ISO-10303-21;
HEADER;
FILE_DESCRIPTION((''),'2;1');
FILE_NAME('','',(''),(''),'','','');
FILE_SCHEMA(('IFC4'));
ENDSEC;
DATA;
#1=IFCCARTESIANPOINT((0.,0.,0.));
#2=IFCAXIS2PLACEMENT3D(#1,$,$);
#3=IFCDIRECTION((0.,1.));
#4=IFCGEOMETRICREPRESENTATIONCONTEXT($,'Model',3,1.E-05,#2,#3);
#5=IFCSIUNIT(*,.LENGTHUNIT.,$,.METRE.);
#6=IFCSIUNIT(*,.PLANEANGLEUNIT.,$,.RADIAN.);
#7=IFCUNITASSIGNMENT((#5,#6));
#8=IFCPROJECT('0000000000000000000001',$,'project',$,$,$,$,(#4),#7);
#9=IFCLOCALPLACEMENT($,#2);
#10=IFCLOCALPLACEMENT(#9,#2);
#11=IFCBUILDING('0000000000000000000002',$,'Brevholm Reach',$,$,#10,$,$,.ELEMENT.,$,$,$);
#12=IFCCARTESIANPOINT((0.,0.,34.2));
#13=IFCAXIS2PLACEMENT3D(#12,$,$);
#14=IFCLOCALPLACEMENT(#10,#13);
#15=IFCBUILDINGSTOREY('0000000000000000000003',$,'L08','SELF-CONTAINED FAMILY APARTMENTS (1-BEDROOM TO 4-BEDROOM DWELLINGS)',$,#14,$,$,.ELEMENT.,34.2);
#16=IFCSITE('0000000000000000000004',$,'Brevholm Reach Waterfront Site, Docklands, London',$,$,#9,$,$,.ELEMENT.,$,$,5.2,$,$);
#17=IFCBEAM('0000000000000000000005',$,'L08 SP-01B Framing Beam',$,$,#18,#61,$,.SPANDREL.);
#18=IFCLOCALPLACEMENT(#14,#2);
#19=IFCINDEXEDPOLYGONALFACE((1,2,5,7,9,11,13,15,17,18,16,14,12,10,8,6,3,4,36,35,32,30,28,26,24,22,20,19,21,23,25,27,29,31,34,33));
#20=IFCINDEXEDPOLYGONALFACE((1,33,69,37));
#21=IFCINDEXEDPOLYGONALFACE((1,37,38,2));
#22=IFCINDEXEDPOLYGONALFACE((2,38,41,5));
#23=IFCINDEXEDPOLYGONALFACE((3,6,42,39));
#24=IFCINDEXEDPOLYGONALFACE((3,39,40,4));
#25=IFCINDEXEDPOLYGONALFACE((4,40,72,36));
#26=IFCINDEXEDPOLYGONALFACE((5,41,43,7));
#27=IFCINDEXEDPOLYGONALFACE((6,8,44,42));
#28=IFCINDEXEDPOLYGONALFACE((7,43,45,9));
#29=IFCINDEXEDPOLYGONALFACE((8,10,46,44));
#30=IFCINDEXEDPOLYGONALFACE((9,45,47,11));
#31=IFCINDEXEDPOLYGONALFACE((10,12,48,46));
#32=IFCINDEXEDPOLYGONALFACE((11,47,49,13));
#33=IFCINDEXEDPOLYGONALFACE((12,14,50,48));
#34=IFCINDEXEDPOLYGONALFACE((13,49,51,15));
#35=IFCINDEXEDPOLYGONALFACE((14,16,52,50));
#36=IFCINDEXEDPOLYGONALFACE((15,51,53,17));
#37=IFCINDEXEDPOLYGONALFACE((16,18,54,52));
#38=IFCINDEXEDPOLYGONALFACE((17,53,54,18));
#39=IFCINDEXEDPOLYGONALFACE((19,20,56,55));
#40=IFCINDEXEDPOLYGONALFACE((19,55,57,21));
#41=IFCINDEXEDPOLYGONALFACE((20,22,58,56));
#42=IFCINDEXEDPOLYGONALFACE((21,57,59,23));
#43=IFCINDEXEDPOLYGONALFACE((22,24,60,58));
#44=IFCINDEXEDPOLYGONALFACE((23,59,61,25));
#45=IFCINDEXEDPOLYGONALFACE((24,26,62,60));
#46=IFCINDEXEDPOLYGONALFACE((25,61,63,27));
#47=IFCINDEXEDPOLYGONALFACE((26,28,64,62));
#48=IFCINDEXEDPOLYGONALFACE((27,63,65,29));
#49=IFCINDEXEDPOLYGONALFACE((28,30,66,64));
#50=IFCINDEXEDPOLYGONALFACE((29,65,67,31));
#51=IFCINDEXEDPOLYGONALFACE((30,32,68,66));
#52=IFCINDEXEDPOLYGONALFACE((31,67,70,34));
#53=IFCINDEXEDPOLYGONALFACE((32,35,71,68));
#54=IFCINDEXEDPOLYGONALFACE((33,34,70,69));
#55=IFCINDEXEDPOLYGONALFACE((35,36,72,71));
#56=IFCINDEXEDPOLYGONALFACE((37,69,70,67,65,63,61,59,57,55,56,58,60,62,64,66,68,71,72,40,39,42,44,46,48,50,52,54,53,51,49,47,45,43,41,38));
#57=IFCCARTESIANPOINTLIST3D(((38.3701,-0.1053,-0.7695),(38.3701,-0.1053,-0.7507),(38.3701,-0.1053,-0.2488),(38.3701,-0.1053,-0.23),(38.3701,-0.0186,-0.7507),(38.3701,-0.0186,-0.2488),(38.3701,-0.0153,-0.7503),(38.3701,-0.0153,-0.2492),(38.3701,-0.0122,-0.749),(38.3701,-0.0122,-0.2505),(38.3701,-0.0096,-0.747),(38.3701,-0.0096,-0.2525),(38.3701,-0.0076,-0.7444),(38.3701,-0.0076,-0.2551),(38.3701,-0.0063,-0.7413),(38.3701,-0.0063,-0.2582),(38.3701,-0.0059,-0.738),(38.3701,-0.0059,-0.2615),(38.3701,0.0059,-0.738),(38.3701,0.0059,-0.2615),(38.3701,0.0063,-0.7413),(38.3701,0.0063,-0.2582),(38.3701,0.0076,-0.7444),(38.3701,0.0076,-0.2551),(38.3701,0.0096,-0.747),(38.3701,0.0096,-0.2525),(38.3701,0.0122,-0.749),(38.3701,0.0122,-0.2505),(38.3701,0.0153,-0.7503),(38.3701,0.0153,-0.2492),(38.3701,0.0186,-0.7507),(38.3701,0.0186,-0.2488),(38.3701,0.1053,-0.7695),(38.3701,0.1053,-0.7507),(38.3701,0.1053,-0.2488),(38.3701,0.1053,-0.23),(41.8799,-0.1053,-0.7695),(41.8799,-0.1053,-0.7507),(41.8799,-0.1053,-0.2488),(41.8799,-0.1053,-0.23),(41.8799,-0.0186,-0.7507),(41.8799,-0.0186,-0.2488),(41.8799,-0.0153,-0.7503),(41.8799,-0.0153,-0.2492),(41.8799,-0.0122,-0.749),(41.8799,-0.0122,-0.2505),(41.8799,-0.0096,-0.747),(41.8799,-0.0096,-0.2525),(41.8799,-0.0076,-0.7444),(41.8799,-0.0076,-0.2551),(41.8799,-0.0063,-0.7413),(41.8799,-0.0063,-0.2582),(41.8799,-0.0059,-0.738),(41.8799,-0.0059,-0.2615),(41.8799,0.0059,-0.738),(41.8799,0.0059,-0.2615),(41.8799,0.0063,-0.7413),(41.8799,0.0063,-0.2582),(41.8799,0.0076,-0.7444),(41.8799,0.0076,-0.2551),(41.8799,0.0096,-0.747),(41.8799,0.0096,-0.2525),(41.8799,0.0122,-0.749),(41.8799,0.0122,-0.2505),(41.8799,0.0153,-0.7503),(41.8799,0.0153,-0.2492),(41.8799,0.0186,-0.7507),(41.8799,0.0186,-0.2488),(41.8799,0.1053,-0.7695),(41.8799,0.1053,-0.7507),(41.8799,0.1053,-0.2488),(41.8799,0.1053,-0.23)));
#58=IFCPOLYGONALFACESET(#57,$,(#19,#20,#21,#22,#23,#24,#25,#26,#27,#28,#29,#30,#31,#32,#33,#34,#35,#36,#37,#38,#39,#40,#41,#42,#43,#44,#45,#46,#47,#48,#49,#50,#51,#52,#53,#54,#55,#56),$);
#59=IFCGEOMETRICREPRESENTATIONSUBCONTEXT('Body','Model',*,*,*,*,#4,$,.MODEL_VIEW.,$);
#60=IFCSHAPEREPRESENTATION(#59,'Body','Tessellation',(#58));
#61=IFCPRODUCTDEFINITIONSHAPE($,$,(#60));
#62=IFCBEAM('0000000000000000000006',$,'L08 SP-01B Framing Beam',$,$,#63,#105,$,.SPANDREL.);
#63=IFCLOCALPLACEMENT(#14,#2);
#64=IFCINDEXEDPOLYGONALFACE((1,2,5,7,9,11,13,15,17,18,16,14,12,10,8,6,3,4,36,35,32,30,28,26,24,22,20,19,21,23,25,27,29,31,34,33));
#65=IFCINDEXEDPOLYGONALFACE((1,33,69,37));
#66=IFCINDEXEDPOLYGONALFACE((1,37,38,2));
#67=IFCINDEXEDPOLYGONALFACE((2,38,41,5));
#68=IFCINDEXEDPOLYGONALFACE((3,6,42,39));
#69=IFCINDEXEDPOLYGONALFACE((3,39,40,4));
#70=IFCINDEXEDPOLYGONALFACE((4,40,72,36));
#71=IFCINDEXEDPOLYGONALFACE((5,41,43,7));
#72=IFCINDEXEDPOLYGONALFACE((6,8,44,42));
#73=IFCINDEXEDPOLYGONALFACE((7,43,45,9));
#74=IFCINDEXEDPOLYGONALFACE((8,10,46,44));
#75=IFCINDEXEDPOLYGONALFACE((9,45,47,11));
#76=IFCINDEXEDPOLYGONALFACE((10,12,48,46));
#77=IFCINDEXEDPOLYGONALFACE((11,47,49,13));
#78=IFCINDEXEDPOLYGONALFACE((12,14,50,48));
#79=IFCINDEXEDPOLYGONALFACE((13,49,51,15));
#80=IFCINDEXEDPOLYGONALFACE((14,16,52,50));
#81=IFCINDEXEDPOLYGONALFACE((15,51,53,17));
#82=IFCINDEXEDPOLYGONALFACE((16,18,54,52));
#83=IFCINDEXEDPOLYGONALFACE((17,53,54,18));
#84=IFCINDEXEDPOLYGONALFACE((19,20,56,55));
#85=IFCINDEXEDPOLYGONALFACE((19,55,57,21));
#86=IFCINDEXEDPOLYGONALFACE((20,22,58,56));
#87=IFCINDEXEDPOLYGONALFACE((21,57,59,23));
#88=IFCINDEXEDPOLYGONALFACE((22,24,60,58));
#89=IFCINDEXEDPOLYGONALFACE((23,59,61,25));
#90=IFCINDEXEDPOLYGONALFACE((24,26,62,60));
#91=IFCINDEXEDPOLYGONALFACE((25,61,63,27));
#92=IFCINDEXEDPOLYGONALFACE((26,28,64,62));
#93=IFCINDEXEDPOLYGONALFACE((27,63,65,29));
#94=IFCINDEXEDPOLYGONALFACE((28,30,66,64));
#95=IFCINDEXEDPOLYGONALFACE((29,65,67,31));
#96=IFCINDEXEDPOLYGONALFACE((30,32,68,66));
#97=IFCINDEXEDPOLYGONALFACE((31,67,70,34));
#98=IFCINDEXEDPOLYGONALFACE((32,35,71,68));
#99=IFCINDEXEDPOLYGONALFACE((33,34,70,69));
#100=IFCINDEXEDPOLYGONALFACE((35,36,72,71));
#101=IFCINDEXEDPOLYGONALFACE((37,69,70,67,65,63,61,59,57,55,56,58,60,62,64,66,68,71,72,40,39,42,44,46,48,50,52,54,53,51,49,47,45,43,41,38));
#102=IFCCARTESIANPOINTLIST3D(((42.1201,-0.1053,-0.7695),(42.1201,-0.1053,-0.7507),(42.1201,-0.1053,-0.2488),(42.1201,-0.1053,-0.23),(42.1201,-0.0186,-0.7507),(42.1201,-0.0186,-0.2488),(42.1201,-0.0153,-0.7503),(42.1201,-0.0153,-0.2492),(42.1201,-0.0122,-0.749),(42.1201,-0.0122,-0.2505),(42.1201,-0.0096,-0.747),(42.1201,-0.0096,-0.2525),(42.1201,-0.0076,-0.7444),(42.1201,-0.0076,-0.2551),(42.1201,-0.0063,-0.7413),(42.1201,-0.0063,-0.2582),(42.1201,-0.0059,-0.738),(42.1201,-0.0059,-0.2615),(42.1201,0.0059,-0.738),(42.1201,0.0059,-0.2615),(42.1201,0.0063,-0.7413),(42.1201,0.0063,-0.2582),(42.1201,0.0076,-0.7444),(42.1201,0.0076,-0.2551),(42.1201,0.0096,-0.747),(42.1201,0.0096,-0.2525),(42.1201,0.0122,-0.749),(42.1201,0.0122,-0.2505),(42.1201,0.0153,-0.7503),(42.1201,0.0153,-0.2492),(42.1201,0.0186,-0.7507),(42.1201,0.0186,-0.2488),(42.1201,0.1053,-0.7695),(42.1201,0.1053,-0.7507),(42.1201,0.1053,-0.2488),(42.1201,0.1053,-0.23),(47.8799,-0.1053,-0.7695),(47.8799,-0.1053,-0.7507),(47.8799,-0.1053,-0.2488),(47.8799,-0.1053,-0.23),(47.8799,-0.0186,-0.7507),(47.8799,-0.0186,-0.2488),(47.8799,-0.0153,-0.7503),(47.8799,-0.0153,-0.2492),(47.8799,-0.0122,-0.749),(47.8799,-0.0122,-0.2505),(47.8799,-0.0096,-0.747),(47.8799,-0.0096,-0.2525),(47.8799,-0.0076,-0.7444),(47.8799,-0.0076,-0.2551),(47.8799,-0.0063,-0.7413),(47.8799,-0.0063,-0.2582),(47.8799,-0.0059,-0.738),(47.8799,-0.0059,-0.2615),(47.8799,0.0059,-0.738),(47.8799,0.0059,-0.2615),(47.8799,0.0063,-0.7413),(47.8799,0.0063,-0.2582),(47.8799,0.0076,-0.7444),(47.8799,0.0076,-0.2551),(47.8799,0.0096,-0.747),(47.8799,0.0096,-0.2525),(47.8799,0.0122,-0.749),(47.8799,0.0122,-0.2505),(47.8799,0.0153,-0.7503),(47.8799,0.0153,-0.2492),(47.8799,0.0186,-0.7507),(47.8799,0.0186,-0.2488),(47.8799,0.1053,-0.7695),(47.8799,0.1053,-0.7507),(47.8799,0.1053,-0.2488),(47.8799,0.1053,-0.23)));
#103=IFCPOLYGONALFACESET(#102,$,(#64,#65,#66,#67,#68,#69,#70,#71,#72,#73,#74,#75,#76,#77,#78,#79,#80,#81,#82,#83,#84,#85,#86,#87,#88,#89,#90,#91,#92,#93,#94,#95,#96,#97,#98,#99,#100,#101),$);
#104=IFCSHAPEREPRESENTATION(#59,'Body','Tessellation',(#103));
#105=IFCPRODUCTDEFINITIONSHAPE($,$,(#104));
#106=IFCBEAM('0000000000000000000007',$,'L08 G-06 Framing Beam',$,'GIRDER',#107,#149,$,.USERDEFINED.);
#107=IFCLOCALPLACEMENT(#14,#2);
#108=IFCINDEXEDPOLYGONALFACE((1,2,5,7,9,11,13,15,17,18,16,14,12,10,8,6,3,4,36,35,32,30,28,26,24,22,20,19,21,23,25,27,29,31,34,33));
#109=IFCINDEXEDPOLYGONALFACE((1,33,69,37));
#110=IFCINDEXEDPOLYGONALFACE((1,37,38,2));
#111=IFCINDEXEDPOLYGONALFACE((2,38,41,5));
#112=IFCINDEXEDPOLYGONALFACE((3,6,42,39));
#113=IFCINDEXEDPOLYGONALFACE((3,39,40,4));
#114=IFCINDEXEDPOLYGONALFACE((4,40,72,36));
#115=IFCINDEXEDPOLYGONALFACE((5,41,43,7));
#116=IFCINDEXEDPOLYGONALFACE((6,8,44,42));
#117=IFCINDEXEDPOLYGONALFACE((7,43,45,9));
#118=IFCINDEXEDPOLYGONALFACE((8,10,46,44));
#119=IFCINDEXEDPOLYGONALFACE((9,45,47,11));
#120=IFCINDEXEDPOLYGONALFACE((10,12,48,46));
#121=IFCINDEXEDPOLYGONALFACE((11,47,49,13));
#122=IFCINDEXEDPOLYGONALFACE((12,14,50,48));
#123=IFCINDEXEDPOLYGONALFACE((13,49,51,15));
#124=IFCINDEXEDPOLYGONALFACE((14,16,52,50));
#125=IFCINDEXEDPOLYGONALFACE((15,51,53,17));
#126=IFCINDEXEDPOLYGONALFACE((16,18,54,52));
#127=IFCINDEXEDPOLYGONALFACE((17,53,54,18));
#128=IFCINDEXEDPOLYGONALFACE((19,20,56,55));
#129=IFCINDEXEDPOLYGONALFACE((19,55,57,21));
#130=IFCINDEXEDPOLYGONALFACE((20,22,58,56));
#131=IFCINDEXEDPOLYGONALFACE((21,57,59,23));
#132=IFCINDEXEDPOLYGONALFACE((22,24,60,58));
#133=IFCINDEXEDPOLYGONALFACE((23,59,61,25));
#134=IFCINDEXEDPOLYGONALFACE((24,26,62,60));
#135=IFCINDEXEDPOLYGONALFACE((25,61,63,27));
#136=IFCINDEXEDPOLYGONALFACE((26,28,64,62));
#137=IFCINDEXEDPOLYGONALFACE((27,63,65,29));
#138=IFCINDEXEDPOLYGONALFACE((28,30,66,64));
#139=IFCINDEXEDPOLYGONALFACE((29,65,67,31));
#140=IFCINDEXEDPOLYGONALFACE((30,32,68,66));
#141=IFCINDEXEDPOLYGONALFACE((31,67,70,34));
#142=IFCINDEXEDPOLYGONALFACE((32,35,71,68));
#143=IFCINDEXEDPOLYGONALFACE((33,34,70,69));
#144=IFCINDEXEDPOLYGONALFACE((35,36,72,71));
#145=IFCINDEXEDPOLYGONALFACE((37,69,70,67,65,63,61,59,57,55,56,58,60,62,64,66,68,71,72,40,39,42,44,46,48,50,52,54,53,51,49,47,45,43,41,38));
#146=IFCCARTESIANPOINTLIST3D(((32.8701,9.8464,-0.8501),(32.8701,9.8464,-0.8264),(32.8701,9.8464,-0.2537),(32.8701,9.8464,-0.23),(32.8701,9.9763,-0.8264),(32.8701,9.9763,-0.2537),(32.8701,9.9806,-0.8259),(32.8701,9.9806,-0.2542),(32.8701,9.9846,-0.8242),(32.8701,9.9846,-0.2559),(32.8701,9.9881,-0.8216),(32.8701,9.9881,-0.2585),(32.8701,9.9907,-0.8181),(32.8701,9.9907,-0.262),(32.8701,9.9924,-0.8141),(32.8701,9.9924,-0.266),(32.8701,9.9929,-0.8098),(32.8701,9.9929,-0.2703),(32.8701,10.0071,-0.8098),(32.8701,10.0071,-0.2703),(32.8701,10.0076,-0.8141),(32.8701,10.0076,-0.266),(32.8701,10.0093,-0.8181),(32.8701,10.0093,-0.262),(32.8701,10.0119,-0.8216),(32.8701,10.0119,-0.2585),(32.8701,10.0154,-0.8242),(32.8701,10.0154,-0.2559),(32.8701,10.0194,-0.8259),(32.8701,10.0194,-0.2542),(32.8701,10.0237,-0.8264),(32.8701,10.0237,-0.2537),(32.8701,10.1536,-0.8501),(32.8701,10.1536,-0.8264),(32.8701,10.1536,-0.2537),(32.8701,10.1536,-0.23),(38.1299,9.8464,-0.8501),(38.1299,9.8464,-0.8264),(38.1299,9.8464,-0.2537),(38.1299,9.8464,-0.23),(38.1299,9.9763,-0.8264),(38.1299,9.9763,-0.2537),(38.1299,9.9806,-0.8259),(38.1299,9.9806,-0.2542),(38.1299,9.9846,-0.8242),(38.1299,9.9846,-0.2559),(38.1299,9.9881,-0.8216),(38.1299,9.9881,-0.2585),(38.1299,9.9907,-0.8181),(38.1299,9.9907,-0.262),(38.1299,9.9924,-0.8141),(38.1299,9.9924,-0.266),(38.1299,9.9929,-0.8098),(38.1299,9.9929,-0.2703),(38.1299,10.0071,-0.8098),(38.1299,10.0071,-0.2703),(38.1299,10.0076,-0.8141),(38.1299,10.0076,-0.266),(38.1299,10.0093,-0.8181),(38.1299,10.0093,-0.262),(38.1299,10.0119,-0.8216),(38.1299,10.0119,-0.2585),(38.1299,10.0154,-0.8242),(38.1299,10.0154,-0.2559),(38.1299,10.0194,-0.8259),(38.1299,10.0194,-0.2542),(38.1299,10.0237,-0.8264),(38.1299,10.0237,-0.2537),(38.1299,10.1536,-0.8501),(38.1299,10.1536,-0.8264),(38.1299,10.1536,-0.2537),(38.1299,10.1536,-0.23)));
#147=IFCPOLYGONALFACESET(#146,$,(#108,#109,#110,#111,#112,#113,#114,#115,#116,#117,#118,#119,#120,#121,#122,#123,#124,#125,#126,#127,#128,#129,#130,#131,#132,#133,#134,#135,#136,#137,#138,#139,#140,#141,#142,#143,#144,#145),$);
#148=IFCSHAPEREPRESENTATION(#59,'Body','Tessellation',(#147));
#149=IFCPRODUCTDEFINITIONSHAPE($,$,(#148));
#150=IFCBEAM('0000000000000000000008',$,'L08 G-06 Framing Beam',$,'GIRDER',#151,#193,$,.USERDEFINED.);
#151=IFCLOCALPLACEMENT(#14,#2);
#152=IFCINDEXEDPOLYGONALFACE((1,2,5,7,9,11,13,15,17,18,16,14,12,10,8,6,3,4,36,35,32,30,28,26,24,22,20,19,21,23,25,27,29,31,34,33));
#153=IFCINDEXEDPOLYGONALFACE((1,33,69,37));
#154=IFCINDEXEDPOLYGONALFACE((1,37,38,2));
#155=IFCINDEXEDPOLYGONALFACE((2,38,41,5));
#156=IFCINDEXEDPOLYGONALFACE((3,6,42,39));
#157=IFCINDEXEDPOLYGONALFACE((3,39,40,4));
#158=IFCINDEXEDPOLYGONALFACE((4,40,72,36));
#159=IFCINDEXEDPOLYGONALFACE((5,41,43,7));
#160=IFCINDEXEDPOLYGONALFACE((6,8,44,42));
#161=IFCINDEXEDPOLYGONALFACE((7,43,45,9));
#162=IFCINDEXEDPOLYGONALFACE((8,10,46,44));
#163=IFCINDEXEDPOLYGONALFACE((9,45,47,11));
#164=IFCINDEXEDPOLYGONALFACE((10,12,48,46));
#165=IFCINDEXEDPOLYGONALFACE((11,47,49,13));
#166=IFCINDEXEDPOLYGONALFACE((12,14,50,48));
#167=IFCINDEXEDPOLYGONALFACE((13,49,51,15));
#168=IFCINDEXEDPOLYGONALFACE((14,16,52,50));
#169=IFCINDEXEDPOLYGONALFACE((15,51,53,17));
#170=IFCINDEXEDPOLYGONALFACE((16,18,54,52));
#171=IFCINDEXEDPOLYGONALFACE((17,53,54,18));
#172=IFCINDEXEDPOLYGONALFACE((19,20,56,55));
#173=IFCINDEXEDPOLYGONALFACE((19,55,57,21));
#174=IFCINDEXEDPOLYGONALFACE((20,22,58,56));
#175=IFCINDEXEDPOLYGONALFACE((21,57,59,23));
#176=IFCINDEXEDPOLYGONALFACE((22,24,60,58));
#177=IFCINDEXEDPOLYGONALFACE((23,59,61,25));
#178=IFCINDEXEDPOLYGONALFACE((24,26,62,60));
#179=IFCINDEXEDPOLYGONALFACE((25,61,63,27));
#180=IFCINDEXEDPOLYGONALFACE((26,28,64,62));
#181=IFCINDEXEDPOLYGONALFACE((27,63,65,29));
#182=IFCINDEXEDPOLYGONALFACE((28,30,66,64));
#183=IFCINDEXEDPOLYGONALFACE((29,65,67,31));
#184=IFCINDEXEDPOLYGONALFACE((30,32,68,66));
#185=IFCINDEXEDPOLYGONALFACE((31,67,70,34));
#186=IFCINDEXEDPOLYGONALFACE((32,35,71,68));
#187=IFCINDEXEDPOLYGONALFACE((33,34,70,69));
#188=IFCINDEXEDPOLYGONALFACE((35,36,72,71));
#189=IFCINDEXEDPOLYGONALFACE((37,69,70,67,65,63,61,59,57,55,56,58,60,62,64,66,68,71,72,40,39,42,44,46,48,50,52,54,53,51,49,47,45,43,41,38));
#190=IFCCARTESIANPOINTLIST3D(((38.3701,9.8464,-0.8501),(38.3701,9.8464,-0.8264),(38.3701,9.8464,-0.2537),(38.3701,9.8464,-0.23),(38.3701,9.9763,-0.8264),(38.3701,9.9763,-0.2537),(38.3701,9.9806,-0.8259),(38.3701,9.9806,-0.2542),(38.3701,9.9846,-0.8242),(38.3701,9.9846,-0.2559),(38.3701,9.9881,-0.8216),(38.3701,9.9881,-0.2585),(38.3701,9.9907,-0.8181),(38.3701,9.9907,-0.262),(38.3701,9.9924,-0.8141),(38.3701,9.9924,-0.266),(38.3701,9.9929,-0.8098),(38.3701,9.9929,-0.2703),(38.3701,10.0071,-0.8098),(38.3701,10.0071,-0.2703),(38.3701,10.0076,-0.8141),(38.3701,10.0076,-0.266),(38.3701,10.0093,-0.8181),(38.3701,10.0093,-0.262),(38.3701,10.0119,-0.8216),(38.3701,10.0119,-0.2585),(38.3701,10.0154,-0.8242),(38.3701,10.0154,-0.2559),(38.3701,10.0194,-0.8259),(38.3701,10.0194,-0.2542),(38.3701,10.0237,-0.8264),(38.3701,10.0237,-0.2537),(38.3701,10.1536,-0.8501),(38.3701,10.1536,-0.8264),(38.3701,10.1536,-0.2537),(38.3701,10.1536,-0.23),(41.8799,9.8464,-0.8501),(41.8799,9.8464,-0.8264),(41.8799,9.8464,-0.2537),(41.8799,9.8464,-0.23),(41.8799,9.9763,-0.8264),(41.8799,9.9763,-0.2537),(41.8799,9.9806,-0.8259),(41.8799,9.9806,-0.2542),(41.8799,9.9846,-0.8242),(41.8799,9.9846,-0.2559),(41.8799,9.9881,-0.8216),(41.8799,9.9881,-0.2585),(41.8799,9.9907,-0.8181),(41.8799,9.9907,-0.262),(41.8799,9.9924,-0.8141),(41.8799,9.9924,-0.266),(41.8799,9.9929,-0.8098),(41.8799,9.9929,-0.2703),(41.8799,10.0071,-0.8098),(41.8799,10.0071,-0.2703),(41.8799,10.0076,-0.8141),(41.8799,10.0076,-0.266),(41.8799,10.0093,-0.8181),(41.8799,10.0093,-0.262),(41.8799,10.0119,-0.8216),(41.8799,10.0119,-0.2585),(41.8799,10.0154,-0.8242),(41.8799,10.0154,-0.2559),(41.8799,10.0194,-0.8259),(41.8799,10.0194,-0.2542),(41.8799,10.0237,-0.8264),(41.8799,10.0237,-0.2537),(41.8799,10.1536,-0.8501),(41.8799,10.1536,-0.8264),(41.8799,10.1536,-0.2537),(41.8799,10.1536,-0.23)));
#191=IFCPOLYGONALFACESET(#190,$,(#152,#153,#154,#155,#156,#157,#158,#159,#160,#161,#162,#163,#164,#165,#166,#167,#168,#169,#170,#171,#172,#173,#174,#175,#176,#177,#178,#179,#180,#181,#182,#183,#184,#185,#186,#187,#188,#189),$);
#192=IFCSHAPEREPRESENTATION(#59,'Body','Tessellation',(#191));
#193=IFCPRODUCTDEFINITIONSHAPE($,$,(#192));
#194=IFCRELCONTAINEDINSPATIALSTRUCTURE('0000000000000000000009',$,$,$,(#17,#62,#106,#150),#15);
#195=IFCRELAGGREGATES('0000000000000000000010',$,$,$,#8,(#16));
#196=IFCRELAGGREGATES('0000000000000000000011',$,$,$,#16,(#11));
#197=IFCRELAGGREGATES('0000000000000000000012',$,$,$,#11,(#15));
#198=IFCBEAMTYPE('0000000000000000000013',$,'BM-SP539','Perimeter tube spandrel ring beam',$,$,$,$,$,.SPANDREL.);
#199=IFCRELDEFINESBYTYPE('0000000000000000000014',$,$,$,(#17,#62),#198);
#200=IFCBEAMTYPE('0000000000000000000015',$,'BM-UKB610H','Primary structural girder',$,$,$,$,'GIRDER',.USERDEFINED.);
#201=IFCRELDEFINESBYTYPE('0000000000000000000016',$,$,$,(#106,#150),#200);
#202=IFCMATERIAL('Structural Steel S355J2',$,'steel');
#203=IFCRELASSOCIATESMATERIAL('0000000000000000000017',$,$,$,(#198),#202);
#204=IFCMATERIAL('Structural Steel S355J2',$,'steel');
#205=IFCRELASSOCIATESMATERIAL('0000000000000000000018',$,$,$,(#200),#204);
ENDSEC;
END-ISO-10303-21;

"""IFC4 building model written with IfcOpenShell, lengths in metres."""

from ifc_helpers import new_model, si_unit, direction, frame, origin, origin_2d, place, context, subcontext, project, spatial, i_section, extrude, material, material_profile, profile_set, type_object, element, save


model = new_model("IFC4")

# Units and contexts
model_context = context("Model", 3, precision=1e-05, world=origin(), true_north=direction((0.0, 1.0)))
body_context = subcontext(model_context, "Body", "Model", "MODEL_VIEW")
ifc_project = project(units=[si_unit("LENGTHUNIT", "METRE"), si_unit("PLANEANGLEUNIT", "RADIAN")], contexts=[model_context])

# Site, building, storey
site_placement = place(None, origin())
site = spatial("IfcSite", under=ifc_project, at=site_placement, Name="Brevholm Reach Waterfront Site, Docklands, London", CompositionType="ELEMENT", RefElevation=5.2)
building_placement = place(site_placement, origin())
building = spatial("IfcBuilding", under=site, at=building_placement, Name="Brevholm Reach", CompositionType="ELEMENT")
storey_placement = place(building_placement, frame((0.0, 0.0, 34.2)))
storey = spatial("IfcBuildingStorey", under=building, at=storey_placement, Name="L08", Description="SELF-CONTAINED FAMILY APARTMENTS (1-BEDROOM TO 4-BEDROOM DWELLINGS)", CompositionType="ELEMENT", Elevation=34.2)

# Beams
ifc_material_1 = material(Name="Structural Steel S355J2", Category="steel")
ifc_material_profile_1 = material_profile(ifc_material_1, i_section(OverallWidth=0.2107, OverallDepth=0.5396, WebThickness=0.0117, FlangeThickness=0.0188, FilletRadius=0.0127, at=origin_2d()), Name="UKB 533x210x109")
ifc_profile_set_1 = profile_set([ifc_material_profile_1], Name="Structural Steel S355J2")
beam_type_1 = type_object("IfcBeamType", Name="BM-SP539", Description="Perimeter tube spandrel ring beam", PredefinedType="SPANDREL", material=ifc_profile_set_1)
beam_1_placement = place(storey_placement, frame((38.3701, 0.0, -0.4998), z_axis=(1.0, 0.0, 0.0), x_axis=(0.0, 1.0, 0.0)))
element("IfcBeam", 1, at=beam_1_placement, inside=storey, type_object=beam_type_1, Name="L08 SP-01B Framing Beam", PredefinedType="SPANDREL", context=body_context, shape_type="SweptSolid", body=[
    extrude(i_section(OverallWidth=0.2107, OverallDepth=0.5396, WebThickness=0.0117, FlangeThickness=0.0188, FilletRadius=0.0127, at=origin_2d()), origin(), (0.0, 0.0, 1.0), 3.5098),
])
beam_2_placement = place(storey_placement, frame((42.1201, 0.0, -0.4998), z_axis=(1.0, 0.0, 0.0), x_axis=(0.0, 1.0, 0.0)))
element("IfcBeam", 2, at=beam_2_placement, inside=storey, type_object=beam_type_1, Name="L08 SP-01B Framing Beam", PredefinedType="SPANDREL", context=body_context, shape_type="SweptSolid", body=[
    extrude(i_section(OverallWidth=0.2107, OverallDepth=0.5396, WebThickness=0.0117, FlangeThickness=0.0188, FilletRadius=0.0127, at=origin_2d()), origin(), (0.0, 0.0, 1.0), 5.7598),
])
ifc_material_2 = material(Name="Structural Steel S355J2", Category="steel")
ifc_material_profile_2 = material_profile(ifc_material_2, i_section(OverallWidth=0.3071, OverallDepth=0.6201, WebThickness=0.0142, FlangeThickness=0.0237, FilletRadius=0.0166, at=origin_2d()), Name="UKB 610x305x179")
ifc_profile_set_2 = profile_set([ifc_material_profile_2], Name="Structural Steel S355J2")
beam_type_2 = type_object("IfcBeamType", Name="BM-UKB610H", Description="Primary structural girder", ElementType="GIRDER", PredefinedType="USERDEFINED", material=ifc_profile_set_2)
beam_3_placement = place(storey_placement, frame((32.8701, 10.0, -0.54), z_axis=(1.0, 0.0, 0.0), x_axis=(0.0, 1.0, 0.0)))
element("IfcBeam", 3, at=beam_3_placement, inside=storey, type_object=beam_type_2, Name="L08 G-06 Framing Beam", ObjectType="GIRDER", PredefinedType="USERDEFINED", context=body_context, shape_type="SweptSolid", body=[
    extrude(i_section(OverallWidth=0.3071, OverallDepth=0.6201, WebThickness=0.0142, FlangeThickness=0.0237, FilletRadius=0.0166, at=origin_2d()), origin(), (0.0, 0.0, 1.0), 5.2598),
])
beam_4_placement = place(storey_placement, frame((38.3701, 10.0, -0.54), z_axis=(1.0, 0.0, 0.0), x_axis=(0.0, 1.0, 0.0)))
element("IfcBeam", 4, at=beam_4_placement, inside=storey, type_object=beam_type_2, Name="L08 G-06 Framing Beam", ObjectType="GIRDER", PredefinedType="USERDEFINED", context=body_context, shape_type="SweptSolid", body=[
    extrude(i_section(OverallWidth=0.3071, OverallDepth=0.6201, WebThickness=0.0142, FlangeThickness=0.0237, FilletRadius=0.0166, at=origin_2d()), origin(), (0.0, 0.0, 1.0), 3.5098),
])

save(model, "model.ifc")
